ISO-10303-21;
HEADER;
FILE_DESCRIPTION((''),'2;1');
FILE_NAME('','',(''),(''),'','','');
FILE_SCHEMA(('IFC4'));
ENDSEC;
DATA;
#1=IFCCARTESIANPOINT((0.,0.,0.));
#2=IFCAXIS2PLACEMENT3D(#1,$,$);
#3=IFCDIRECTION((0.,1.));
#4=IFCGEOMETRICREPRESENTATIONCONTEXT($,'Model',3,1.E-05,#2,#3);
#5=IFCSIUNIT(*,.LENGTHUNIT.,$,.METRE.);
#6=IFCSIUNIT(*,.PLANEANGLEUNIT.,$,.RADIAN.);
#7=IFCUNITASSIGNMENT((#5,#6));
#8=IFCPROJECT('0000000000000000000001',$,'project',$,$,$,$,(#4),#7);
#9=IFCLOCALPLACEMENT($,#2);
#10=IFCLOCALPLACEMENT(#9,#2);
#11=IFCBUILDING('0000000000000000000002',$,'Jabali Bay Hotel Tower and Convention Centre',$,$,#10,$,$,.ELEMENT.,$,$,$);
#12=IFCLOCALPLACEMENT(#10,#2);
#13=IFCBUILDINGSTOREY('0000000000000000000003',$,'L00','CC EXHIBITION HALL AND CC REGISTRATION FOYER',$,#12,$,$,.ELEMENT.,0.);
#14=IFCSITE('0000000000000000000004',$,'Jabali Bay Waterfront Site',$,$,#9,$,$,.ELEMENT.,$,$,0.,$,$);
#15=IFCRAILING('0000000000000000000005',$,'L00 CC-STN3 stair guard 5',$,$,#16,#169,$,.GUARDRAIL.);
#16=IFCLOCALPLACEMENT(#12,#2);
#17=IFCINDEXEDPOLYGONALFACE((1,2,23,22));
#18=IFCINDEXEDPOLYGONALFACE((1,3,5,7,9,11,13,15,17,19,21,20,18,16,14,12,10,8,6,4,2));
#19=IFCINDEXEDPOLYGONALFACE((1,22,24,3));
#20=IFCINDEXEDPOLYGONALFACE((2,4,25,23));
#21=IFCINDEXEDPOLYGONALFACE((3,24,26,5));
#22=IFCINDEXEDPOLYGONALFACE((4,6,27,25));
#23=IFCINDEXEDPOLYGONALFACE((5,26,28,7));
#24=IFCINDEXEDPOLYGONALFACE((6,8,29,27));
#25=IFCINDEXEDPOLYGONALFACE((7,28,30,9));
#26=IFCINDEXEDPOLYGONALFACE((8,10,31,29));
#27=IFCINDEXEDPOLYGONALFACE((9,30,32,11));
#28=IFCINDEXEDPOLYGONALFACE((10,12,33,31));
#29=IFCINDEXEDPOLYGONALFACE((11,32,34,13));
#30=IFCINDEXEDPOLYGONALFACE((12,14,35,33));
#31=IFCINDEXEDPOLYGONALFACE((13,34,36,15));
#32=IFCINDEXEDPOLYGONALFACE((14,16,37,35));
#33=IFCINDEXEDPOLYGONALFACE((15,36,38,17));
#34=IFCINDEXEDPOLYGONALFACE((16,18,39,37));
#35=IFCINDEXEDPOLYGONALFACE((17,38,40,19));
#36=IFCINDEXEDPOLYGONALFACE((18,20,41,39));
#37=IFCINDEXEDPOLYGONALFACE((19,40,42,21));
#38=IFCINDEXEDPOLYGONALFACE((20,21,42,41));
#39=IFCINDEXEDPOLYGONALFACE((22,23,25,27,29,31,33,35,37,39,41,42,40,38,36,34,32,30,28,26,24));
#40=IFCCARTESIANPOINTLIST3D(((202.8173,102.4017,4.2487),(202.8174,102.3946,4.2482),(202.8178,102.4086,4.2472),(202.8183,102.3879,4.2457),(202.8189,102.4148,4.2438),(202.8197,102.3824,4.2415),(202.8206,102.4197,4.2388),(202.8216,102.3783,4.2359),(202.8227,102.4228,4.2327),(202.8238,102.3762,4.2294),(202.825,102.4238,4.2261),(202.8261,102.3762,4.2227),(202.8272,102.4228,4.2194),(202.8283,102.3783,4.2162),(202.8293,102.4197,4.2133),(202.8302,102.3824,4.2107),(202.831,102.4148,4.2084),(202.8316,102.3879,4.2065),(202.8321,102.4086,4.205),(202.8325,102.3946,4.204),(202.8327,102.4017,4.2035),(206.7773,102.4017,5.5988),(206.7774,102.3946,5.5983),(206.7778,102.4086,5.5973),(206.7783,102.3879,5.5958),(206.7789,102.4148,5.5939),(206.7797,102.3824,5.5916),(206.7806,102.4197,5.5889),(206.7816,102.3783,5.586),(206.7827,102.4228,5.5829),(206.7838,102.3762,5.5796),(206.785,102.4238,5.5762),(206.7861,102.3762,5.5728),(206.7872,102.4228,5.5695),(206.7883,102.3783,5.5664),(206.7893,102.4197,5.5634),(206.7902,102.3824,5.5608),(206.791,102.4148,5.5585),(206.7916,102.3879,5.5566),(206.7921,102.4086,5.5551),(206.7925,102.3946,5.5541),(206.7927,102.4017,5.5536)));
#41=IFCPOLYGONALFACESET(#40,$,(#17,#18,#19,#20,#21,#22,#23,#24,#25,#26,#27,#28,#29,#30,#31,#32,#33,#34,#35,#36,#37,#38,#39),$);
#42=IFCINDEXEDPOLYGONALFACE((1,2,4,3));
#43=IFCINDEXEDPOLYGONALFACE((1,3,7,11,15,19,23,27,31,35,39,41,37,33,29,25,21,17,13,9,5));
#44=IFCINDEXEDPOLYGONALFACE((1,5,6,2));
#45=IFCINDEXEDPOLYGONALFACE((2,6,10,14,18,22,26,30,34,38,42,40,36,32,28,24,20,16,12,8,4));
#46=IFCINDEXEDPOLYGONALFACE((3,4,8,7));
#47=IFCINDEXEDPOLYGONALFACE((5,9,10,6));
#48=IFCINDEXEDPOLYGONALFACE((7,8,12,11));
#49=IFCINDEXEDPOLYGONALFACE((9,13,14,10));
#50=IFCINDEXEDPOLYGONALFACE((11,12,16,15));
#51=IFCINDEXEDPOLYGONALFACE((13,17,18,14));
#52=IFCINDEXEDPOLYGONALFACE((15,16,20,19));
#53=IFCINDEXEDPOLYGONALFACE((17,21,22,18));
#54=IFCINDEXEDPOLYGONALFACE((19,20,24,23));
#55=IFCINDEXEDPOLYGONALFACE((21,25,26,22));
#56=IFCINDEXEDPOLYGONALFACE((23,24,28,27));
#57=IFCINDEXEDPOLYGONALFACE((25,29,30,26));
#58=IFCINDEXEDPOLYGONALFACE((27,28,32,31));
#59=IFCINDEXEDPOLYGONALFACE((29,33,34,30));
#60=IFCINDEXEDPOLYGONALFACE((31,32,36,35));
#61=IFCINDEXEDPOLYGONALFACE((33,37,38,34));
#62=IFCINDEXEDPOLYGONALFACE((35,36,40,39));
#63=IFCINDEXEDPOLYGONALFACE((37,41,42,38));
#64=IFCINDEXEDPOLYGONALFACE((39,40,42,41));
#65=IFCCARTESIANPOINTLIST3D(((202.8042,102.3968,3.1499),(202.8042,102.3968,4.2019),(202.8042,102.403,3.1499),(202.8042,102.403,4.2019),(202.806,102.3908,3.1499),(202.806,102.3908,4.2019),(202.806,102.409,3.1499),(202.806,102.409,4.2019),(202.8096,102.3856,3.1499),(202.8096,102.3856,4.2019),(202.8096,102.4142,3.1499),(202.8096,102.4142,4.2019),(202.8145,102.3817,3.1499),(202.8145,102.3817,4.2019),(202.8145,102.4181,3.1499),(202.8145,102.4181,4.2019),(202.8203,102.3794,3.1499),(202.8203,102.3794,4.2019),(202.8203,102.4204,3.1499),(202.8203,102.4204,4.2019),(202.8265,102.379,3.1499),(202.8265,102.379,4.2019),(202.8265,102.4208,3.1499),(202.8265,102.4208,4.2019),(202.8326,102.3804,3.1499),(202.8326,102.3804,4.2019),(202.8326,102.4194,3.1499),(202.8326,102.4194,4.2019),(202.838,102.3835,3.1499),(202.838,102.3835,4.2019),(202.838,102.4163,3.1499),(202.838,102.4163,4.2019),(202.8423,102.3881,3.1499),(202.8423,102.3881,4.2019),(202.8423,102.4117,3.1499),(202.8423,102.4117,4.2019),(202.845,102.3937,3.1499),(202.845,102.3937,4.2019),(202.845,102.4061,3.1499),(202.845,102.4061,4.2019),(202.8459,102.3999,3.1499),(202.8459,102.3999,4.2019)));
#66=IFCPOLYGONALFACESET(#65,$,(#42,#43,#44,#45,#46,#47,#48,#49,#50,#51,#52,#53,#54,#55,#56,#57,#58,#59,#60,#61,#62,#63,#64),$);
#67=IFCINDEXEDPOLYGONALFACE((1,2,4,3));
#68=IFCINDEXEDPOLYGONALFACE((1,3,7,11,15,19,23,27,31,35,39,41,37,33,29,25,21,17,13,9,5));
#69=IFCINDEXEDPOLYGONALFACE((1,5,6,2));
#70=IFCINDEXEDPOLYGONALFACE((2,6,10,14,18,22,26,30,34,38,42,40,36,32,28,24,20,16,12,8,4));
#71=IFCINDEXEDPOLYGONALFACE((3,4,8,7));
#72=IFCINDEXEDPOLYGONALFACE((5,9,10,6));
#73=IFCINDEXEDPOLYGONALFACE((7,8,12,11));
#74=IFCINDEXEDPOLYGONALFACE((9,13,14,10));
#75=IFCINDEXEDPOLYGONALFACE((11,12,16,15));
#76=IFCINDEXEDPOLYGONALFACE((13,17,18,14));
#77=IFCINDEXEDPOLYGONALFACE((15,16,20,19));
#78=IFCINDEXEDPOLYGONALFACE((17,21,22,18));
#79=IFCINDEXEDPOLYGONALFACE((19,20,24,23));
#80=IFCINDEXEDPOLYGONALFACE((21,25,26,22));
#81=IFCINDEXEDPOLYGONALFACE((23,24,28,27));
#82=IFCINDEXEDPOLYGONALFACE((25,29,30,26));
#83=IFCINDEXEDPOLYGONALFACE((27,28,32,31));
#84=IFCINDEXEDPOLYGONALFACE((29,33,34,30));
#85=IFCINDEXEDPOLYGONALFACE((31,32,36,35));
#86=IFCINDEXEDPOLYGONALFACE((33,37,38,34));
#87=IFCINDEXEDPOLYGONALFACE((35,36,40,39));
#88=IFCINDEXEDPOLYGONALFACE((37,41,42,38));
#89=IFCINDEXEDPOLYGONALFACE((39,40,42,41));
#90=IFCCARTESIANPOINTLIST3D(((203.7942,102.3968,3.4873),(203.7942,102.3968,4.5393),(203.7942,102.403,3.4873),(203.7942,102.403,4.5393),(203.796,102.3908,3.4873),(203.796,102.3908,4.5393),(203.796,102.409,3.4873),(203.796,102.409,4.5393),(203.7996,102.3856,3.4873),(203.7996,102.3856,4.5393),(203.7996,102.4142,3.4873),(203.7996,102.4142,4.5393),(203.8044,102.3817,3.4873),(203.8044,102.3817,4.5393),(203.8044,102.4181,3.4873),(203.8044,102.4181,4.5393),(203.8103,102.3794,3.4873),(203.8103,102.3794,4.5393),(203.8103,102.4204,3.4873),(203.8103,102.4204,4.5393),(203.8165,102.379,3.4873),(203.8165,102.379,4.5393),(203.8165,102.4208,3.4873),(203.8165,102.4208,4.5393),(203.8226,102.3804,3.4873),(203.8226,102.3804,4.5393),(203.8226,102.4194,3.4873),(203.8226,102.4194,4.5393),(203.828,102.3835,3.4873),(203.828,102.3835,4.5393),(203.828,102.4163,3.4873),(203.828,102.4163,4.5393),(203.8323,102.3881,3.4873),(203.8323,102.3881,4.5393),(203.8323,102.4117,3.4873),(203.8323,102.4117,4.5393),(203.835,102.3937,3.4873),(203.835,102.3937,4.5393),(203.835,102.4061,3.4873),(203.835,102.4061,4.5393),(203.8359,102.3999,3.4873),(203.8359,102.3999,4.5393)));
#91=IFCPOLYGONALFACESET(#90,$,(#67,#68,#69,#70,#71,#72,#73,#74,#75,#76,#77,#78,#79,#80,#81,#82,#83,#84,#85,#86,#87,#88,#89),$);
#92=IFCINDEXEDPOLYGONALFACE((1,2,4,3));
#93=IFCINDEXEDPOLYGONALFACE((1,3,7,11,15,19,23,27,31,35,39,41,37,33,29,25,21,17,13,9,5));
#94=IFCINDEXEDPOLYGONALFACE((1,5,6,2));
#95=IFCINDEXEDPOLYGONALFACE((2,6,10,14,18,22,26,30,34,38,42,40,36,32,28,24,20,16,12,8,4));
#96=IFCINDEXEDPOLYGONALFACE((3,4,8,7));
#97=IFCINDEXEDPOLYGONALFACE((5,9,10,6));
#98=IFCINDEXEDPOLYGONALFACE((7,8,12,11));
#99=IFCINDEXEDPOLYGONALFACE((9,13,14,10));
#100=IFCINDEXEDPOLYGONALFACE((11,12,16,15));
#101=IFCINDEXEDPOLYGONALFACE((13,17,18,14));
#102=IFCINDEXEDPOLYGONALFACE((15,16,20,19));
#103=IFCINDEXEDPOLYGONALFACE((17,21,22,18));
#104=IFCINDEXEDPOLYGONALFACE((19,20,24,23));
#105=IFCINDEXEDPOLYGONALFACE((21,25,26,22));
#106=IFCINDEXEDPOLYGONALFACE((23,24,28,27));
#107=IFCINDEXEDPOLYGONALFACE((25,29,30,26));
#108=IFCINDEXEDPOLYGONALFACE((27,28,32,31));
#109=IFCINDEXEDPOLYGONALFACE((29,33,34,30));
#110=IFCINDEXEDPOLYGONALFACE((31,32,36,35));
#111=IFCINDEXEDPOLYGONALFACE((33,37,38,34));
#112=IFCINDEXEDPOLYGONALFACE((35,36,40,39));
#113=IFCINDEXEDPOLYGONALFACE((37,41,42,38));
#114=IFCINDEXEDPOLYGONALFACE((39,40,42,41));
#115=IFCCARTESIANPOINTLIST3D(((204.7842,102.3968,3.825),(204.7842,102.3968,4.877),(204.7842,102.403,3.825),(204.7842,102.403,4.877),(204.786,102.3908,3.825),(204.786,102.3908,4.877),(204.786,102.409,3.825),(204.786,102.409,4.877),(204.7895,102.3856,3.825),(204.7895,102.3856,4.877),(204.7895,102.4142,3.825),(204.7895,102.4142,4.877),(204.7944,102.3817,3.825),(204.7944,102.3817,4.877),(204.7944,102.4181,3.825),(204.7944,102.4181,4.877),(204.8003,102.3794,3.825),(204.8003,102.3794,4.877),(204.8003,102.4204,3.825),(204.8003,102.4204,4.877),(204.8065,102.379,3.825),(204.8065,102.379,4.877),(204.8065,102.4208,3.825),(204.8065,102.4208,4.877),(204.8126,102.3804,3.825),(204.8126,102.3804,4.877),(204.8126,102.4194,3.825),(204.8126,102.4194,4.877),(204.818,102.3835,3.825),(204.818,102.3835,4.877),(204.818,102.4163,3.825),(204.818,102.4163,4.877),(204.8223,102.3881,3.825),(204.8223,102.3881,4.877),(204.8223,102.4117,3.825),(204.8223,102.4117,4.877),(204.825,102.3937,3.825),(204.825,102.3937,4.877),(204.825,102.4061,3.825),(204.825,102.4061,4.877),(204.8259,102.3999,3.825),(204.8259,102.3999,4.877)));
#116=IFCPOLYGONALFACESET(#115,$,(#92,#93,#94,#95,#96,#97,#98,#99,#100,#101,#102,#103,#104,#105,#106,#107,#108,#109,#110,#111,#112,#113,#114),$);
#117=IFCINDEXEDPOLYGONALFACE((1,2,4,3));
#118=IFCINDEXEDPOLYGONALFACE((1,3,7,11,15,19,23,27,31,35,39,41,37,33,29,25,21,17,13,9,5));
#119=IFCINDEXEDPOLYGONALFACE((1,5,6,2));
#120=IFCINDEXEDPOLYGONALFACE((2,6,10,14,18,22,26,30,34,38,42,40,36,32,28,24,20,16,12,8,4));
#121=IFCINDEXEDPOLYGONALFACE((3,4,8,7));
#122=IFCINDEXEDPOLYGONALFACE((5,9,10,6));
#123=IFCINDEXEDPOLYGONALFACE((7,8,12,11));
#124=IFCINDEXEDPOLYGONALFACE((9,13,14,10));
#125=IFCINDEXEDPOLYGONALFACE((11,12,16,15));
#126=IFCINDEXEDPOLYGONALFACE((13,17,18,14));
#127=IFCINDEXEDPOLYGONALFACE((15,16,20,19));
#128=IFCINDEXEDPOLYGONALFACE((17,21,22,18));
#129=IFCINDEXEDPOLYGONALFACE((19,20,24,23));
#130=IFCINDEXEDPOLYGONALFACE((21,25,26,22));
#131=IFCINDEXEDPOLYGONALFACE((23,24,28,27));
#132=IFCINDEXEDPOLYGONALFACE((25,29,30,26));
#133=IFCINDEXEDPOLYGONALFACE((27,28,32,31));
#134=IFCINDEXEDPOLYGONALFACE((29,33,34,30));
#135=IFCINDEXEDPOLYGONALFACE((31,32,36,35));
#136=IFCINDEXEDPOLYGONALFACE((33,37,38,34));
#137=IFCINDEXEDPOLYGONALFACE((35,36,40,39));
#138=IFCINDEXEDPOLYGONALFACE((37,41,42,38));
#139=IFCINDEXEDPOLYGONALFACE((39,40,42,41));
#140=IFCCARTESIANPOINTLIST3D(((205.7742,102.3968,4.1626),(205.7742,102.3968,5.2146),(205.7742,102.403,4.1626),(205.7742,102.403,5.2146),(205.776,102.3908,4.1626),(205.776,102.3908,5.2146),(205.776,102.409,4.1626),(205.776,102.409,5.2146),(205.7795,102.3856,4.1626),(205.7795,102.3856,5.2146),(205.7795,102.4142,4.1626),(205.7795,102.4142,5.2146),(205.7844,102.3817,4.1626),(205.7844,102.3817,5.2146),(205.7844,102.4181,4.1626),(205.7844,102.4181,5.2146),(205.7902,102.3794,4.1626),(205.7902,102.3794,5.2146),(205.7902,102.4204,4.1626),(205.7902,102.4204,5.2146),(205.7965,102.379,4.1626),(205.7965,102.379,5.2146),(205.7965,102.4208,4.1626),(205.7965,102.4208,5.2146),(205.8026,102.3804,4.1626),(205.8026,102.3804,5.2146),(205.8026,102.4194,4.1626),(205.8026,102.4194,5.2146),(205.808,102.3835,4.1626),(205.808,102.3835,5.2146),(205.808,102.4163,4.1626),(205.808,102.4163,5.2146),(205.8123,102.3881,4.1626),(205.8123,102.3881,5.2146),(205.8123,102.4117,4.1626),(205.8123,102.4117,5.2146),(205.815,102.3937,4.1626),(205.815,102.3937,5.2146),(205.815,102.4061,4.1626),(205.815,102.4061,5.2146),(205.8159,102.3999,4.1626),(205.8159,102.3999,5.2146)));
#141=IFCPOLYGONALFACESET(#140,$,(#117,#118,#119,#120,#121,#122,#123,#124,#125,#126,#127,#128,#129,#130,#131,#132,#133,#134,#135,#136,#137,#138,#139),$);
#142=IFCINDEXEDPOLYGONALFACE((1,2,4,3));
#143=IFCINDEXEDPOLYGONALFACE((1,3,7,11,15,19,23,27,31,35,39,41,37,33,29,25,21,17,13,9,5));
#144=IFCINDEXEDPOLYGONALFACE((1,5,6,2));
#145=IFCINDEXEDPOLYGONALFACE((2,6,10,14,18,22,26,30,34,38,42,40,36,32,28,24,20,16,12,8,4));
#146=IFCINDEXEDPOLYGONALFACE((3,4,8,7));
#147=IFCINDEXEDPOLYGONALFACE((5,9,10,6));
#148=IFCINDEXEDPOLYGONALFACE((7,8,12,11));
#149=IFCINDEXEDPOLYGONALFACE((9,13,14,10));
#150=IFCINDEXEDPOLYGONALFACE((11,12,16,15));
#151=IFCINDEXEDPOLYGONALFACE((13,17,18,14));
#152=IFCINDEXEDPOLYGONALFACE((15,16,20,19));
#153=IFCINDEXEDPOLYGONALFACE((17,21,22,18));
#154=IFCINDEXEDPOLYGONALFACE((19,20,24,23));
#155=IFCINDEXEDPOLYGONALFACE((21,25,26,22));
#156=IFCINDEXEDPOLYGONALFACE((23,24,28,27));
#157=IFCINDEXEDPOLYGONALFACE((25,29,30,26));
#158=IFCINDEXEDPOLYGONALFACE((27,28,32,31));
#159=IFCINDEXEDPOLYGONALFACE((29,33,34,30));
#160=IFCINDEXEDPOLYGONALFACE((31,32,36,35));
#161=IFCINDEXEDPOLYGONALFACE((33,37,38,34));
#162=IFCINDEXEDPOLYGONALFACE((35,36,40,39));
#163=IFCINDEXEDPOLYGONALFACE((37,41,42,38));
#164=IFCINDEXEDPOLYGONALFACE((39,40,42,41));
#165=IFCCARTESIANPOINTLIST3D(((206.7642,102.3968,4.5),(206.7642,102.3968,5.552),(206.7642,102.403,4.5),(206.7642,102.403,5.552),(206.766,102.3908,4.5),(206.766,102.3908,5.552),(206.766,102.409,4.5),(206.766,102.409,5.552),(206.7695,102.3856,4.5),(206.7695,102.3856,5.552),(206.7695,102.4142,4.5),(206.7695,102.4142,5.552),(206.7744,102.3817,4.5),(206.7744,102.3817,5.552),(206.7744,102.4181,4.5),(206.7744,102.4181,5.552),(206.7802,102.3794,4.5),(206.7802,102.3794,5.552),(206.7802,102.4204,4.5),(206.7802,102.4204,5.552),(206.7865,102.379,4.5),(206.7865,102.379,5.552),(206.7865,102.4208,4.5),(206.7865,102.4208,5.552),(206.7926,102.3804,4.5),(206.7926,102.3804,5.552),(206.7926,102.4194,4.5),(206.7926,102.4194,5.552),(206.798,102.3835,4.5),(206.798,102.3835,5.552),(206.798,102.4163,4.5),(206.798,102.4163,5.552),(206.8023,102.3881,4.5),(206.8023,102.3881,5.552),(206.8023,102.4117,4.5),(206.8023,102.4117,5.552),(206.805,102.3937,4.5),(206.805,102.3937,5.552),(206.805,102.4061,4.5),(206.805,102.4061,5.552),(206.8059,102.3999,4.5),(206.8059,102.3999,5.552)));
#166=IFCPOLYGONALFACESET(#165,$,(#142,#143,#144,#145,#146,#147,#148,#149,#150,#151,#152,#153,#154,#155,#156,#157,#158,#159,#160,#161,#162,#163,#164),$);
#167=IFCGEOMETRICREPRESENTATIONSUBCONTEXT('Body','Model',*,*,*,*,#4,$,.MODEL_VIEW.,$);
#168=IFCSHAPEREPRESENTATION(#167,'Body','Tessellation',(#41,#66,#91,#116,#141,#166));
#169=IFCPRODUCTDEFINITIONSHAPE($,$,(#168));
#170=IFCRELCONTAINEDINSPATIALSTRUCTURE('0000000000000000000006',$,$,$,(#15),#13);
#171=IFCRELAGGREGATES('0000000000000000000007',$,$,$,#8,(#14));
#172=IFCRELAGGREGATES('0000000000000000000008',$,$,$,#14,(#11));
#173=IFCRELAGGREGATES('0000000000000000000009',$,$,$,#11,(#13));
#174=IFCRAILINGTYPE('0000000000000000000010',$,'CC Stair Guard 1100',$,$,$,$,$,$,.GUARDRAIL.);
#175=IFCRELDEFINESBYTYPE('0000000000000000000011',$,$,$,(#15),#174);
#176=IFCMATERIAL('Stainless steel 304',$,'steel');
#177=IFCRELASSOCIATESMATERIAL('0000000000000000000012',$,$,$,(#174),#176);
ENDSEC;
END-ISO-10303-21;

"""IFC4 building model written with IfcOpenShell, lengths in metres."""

from ifc_helpers import new_model, si_unit, direction, frame, origin, origin_2d, place, context, subcontext, project, spatial, circle, extrude, material, type_object, element, save


model = new_model("IFC4")

# Units and contexts
model_context = context("Model", 3, precision=1e-05, world=origin(), true_north=direction((0.0, 1.0)))
body_context = subcontext(model_context, "Body", "Model", "MODEL_VIEW")
ifc_project = project(units=[si_unit("LENGTHUNIT", "METRE"), si_unit("PLANEANGLEUNIT", "RADIAN")], contexts=[model_context])

# Site, building, storey
site_placement = place(None, origin())
site = spatial("IfcSite", under=ifc_project, at=site_placement, Name="Jabali Bay Waterfront Site", CompositionType="ELEMENT", RefElevation=0.0)
building_placement = place(site_placement, origin())
building = spatial("IfcBuilding", under=site, at=building_placement, Name="Jabali Bay Hotel Tower and Convention Centre", CompositionType="ELEMENT")
storey_placement = place(building_placement, origin())
storey = spatial("IfcBuildingStorey", under=building, at=storey_placement, Name="L00", Description="CC EXHIBITION HALL AND CC REGISTRATION FOYER", CompositionType="ELEMENT", Elevation=0.0)

# Railing
ifc_material_1 = material(Name="Stainless steel 304", Category="steel")
railing_type_1 = type_object("IfcRailingType", Name="CC Stair Guard 1100", PredefinedType="GUARDRAIL", material=ifc_material_1)
railing_1_placement = place(storey_placement, frame((202.825, 102.3999, 3.1499)))
element("IfcRailing", 1, at=railing_1_placement, inside=storey, type_object=railing_type_1, Name="L00 CC-STN3 stair guard 5", PredefinedType="GUARDRAIL", context=body_context, shape_type="SweptSolid", body=[
    extrude(circle(Radius=0.0239, at=origin_2d()), frame((0.0, 0.0, 1.0762), z_axis=(0.946502, 0.0, 0.322698), x_axis=(0.0, 1.0, 0.0)), (0.0, 0.0, 1.0), 4.1838),
    extrude(circle(Radius=0.021, at=origin_2d()), origin(), (0.0, 0.0, 1.0), 1.052),
    extrude(circle(Radius=0.021, at=origin_2d()), frame((0.99, 0.0, 0.3374)), (0.0, 0.0, 1.0), 1.052),
    extrude(circle(Radius=0.021, at=origin_2d()), frame((1.98, 0.0, 0.675)), (0.0, 0.0, 1.0), 1.052),
    extrude(circle(Radius=0.021, at=origin_2d()), frame((2.97, 0.0, 1.0127)), (0.0, 0.0, 1.0), 1.052),
    extrude(circle(Radius=0.021, at=origin_2d()), frame((3.96, 0.0, 1.3501)), (0.0, 0.0, 1.0), 1.052),
])

save(model, "model.ifc")
